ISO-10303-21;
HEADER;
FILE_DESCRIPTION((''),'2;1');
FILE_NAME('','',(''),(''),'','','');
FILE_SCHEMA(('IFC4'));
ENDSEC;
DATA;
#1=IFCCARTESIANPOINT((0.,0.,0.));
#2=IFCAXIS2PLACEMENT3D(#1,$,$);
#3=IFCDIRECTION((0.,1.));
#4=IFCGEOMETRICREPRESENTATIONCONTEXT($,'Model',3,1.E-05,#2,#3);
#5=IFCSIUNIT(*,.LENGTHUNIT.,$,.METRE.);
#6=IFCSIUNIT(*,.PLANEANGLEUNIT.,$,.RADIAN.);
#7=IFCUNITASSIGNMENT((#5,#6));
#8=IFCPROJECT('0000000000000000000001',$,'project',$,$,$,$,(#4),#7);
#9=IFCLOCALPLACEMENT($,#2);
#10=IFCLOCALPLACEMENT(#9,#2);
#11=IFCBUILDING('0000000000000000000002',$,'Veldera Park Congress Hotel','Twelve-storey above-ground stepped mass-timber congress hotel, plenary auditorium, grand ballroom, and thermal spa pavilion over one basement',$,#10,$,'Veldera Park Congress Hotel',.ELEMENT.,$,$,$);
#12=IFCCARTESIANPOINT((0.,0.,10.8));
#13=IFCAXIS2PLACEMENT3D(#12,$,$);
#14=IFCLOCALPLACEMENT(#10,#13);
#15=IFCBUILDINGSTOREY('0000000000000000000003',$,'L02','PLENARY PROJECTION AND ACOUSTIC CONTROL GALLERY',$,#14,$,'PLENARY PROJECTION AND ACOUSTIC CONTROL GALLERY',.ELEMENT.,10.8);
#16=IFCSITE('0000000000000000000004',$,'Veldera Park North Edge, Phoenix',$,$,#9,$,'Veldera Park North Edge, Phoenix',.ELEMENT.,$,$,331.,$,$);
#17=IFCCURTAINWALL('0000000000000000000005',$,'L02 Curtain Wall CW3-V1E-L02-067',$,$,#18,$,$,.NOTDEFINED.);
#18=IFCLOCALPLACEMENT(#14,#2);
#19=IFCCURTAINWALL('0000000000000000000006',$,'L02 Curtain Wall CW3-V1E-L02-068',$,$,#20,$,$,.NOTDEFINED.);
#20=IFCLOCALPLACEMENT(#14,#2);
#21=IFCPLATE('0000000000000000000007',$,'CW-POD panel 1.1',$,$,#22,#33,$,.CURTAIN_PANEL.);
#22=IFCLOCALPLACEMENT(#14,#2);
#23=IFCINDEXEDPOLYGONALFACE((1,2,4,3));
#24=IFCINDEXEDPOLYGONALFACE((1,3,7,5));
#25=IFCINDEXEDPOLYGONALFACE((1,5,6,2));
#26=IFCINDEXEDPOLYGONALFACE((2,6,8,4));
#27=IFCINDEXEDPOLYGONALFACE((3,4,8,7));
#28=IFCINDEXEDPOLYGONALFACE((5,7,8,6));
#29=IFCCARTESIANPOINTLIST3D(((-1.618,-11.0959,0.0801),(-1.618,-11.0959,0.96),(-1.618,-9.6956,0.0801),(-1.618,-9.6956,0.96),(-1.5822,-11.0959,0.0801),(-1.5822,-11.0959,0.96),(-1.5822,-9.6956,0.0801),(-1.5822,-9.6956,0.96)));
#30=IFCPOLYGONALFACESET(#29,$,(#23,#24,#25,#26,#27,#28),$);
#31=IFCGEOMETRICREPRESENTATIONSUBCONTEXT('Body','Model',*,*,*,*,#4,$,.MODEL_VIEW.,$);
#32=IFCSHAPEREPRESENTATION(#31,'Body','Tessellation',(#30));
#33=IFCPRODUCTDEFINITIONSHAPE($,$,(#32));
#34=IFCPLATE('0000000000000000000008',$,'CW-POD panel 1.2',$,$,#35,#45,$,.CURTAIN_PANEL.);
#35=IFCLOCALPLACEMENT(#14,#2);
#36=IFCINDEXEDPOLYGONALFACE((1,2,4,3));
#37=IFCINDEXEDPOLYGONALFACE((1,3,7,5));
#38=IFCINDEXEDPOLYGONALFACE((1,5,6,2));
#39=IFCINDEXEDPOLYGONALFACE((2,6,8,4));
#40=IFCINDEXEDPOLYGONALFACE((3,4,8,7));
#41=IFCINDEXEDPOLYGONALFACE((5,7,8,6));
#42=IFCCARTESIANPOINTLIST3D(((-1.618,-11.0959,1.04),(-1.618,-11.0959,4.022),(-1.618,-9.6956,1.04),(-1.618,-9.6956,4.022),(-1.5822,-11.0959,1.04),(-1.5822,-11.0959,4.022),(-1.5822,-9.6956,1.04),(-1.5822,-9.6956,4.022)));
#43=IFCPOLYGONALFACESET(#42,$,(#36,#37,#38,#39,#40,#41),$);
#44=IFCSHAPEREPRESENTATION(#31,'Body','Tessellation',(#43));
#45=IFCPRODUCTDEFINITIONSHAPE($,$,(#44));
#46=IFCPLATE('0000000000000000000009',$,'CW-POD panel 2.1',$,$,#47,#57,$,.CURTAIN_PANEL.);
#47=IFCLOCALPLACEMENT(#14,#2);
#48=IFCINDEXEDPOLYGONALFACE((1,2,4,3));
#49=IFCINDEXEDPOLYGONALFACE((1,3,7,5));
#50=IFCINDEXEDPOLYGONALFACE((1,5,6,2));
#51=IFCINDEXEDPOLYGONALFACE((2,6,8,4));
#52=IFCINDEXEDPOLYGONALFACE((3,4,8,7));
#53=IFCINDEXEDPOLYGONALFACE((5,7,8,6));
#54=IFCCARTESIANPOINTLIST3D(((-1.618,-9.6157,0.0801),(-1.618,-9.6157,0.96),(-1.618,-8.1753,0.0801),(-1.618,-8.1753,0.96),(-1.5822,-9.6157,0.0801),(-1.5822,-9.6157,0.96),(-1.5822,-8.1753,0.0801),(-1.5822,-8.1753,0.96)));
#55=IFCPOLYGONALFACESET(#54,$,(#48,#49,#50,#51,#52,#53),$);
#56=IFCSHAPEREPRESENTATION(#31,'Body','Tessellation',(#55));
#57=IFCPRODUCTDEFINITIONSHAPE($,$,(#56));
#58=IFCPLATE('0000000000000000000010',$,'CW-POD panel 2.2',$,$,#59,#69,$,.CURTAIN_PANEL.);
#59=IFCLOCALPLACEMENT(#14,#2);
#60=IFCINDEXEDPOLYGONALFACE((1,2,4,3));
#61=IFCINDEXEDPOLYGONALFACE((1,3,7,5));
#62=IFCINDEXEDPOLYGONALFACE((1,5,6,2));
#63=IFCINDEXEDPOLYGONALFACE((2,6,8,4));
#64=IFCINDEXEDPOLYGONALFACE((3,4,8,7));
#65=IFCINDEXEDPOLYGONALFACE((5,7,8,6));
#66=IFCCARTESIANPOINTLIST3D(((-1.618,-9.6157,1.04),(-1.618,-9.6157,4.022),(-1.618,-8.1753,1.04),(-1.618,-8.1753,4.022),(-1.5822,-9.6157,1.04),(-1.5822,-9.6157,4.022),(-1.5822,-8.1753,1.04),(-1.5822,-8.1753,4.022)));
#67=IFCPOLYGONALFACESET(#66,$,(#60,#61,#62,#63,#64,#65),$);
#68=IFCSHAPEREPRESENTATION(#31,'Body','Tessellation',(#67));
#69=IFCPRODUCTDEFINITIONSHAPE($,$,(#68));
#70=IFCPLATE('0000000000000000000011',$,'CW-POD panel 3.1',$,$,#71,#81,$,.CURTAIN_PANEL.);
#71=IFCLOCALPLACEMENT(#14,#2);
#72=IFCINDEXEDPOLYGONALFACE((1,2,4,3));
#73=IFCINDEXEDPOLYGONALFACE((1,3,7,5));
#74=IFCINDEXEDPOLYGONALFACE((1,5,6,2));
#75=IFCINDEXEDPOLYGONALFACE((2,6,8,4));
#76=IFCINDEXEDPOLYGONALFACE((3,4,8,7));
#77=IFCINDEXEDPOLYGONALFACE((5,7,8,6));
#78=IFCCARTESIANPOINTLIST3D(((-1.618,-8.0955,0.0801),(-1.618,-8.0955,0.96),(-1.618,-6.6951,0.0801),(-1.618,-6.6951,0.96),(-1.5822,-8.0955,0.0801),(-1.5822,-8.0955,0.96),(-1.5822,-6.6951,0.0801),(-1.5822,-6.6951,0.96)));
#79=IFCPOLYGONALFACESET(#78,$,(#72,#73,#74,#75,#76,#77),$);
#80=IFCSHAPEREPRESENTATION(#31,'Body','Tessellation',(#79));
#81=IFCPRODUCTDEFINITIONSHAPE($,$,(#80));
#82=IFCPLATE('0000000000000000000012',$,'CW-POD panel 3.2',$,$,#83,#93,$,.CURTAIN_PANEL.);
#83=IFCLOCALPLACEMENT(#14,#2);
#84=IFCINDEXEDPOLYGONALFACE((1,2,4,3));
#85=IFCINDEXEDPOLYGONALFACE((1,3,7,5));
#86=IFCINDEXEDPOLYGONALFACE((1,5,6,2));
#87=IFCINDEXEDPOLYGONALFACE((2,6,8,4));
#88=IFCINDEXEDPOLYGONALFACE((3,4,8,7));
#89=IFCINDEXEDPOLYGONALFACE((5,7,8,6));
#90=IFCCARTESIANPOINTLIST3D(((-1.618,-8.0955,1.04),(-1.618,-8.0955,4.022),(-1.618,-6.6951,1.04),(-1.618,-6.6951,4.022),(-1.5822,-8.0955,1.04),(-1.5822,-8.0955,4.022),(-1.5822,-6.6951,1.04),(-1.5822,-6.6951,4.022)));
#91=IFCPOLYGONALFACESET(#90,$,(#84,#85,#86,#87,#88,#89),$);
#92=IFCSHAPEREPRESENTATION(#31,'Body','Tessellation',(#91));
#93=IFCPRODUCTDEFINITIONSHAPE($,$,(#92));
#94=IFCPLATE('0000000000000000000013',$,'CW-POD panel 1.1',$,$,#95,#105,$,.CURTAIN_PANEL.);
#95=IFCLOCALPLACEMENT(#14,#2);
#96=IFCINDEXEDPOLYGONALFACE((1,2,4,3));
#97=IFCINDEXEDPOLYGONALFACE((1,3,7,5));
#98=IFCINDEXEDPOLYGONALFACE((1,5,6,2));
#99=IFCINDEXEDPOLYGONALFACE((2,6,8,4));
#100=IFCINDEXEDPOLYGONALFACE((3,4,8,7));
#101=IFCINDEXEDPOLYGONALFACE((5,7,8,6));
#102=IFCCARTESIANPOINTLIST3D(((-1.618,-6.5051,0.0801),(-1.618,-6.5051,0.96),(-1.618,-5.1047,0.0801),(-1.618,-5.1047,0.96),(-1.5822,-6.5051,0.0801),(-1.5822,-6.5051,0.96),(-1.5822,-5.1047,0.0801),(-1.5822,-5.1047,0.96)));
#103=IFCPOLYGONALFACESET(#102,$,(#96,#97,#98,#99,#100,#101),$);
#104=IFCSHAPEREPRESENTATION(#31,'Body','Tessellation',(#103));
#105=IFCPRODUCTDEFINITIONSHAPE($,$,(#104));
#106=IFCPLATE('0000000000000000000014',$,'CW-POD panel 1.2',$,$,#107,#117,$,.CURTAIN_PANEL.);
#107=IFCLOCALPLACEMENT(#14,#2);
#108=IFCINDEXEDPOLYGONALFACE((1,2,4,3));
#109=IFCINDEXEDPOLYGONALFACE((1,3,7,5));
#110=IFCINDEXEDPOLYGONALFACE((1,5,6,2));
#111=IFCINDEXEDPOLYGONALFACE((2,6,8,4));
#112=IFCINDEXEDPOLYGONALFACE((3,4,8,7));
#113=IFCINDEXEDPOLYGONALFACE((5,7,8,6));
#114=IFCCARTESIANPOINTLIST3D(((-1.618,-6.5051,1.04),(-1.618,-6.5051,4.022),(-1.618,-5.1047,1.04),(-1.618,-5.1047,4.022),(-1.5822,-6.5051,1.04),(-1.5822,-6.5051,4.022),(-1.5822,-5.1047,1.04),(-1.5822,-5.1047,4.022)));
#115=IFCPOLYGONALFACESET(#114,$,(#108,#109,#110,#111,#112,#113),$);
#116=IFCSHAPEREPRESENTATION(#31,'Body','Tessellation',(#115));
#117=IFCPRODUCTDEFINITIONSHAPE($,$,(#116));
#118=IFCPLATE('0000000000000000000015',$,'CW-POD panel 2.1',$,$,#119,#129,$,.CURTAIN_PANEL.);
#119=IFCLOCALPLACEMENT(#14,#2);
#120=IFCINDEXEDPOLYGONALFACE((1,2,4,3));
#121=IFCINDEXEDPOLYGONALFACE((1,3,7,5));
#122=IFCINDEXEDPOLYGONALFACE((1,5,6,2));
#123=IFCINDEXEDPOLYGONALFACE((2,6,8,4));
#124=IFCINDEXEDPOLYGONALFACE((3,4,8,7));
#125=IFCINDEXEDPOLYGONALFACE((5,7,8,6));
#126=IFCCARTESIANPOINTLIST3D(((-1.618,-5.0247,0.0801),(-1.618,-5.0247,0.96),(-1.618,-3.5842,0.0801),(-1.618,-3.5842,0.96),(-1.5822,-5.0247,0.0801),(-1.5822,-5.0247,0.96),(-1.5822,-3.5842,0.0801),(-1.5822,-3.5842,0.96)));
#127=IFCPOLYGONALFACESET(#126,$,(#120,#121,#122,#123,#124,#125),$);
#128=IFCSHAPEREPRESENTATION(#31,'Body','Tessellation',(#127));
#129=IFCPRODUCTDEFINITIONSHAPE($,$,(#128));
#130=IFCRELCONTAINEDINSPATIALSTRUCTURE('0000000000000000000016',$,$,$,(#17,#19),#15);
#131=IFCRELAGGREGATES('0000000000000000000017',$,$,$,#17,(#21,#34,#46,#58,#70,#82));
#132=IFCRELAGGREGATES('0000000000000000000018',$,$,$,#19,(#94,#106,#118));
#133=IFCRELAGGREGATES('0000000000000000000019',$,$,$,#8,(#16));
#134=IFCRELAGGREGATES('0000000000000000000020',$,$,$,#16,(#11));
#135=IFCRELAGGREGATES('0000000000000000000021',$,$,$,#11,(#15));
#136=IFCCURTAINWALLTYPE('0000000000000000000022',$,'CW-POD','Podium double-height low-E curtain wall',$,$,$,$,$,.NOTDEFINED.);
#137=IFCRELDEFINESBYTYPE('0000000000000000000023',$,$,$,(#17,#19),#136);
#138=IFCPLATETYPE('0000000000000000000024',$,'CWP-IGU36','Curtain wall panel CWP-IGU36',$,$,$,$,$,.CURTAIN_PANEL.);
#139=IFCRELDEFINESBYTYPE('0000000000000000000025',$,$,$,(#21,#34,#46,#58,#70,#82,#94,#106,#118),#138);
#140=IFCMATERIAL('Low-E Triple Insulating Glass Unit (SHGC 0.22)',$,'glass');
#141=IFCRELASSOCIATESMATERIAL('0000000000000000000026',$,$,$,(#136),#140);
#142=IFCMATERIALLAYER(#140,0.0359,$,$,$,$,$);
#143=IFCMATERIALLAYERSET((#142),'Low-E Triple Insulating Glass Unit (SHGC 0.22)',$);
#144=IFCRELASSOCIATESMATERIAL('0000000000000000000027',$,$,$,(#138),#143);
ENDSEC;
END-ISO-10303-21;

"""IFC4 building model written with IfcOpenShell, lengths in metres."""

from ifc_helpers import new_model, si_unit, direction, frame, origin, origin_2d, place, context, subcontext, project, spatial, rectangle, extrude, material, layer, layer_set, type_object, element, aggregate, save


model = new_model("IFC4")

# Units and contexts
model_context = context("Model", 3, precision=1e-05, world=origin(), true_north=direction((0.0, 1.0)))
body_context = subcontext(model_context, "Body", "Model", "MODEL_VIEW")
ifc_project = project(units=[si_unit("LENGTHUNIT", "METRE"), si_unit("PLANEANGLEUNIT", "RADIAN")], contexts=[model_context])

# Site, building, storey
site_placement = place(None, origin())
site = spatial("IfcSite", under=ifc_project, at=site_placement, Name="Veldera Park North Edge, Phoenix", LongName="Veldera Park North Edge, Phoenix", CompositionType="ELEMENT", RefElevation=331.0)
building_placement = place(site_placement, origin())
building = spatial("IfcBuilding", under=site, at=building_placement, Name="Veldera Park Congress Hotel", Description="Twelve-storey above-ground stepped mass-timber congress hotel, plenary auditorium, grand ballroom, and thermal spa pavilion over one basement", LongName="Veldera Park Congress Hotel", CompositionType="ELEMENT")
storey_placement = place(building_placement, frame((0.0, 0.0, 10.8)))
storey = spatial("IfcBuildingStorey", under=building, at=storey_placement, Name="L02", Description="PLENARY PROJECTION AND ACOUSTIC CONTROL GALLERY", LongName="PLENARY PROJECTION AND ACOUSTIC CONTROL GALLERY", CompositionType="ELEMENT", Elevation=10.8)

# Curtain walls
ifc_material_1 = material(Name="Low-E Triple Insulating Glass Unit (SHGC 0.22)", Category="glass")
curtain_wall_type_1 = type_object("IfcCurtainWallType", Name="CW-POD", Description="Podium double-height low-E curtain wall", PredefinedType="NOTDEFINED", material=ifc_material_1)
curtain_wall_1_placement = place(storey_placement, origin())
curtain_wall_1 = element("IfcCurtainWall", 1, at=curtain_wall_1_placement, inside=storey, type_object=curtain_wall_type_1, Name="L02 Curtain Wall CW3-V1E-L02-067", PredefinedType="NOTDEFINED")
curtain_wall_2_placement = place(storey_placement, origin())
curtain_wall_2 = element("IfcCurtainWall", 2, at=curtain_wall_2_placement, inside=storey, type_object=curtain_wall_type_1, Name="L02 Curtain Wall CW3-V1E-L02-068", PredefinedType="NOTDEFINED")

# Plates
ifc_layer_1 = layer(ifc_material_1, 0.0359)
ifc_layer_set_1 = layer_set([ifc_layer_1], Name="Low-E Triple Insulating Glass Unit (SHGC 0.22)")
plate_type_1 = type_object("IfcPlateType", Name="CWP-IGU36", Description="Curtain wall panel CWP-IGU36", PredefinedType="CURTAIN_PANEL", material=ifc_layer_set_1)
plate_1_placement = place(storey_placement, frame((-1.6001, -10.3958, 0.0801), z_axis=(0.0, 0.0, 1.0), x_axis=(0.0, 1.0, 0.0)))
plate_1 = element("IfcPlate", 3, at=plate_1_placement, type_object=plate_type_1, Name="CW-POD panel 1.1", PredefinedType="CURTAIN_PANEL", context=body_context, shape_type="SweptSolid", body=[
    extrude(rectangle(XDim=1.4004, YDim=0.0359, at=origin_2d()), origin(), (0.0, 0.0, 1.0), 0.8799),
])
plate_2_placement = place(storey_placement, frame((-1.6001, -10.3958, 1.04), z_axis=(0.0, 0.0, 1.0), x_axis=(0.0, 1.0, 0.0)))
plate_2 = element("IfcPlate", 4, at=plate_2_placement, type_object=plate_type_1, Name="CW-POD panel 1.2", PredefinedType="CURTAIN_PANEL", context=body_context, shape_type="SweptSolid", body=[
    extrude(rectangle(XDim=1.4004, YDim=0.0359, at=origin_2d()), origin(), (0.0, 0.0, 1.0), 2.9819),
])
plate_3_placement = place(storey_placement, frame((-1.6001, -8.8955, 0.0801), z_axis=(0.0, 0.0, 1.0), x_axis=(0.0, 1.0, 0.0)))
plate_3 = element("IfcPlate", 5, at=plate_3_placement, type_object=plate_type_1, Name="CW-POD panel 2.1", PredefinedType="CURTAIN_PANEL", context=body_context, shape_type="SweptSolid", body=[
    extrude(rectangle(XDim=1.4404, YDim=0.0359, at=origin_2d()), origin(), (0.0, 0.0, 1.0), 0.8799),
])
plate_4_placement = place(storey_placement, frame((-1.6001, -8.8955, 1.04), z_axis=(0.0, 0.0, 1.0), x_axis=(0.0, 1.0, 0.0)))
plate_4 = element("IfcPlate", 6, at=plate_4_placement, type_object=plate_type_1, Name="CW-POD panel 2.2", PredefinedType="CURTAIN_PANEL", context=body_context, shape_type="SweptSolid", body=[
    extrude(rectangle(XDim=1.4404, YDim=0.0359, at=origin_2d()), origin(), (0.0, 0.0, 1.0), 2.9819),
])
plate_5_placement = place(storey_placement, frame((-1.6001, -7.3953, 0.0801), z_axis=(0.0, 0.0, 1.0), x_axis=(0.0, 1.0, 0.0)))
plate_5 = element("IfcPlate", 7, at=plate_5_placement, type_object=plate_type_1, Name="CW-POD panel 3.1", PredefinedType="CURTAIN_PANEL", context=body_context, shape_type="SweptSolid", body=[
    extrude(rectangle(XDim=1.4004, YDim=0.0359, at=origin_2d()), origin(), (0.0, 0.0, 1.0), 0.8799),
])
plate_6_placement = place(storey_placement, frame((-1.6001, -7.3953, 1.04), z_axis=(0.0, 0.0, 1.0), x_axis=(0.0, 1.0, 0.0)))
plate_6 = element("IfcPlate", 8, at=plate_6_placement, type_object=plate_type_1, Name="CW-POD panel 3.2", PredefinedType="CURTAIN_PANEL", context=body_context, shape_type="SweptSolid", body=[
    extrude(rectangle(XDim=1.4004, YDim=0.0359, at=origin_2d()), origin(), (0.0, 0.0, 1.0), 2.9819),
])
aggregate(curtain_wall_1, [plate_1, plate_2, plate_3, plate_4, plate_5, plate_6])
plate_7_placement = place(storey_placement, frame((-1.6001, -5.8049, 0.0801), z_axis=(0.0, 0.0, 1.0), x_axis=(0.0, 1.0, 0.0)))
plate_7 = element("IfcPlate", 9, at=plate_7_placement, type_object=plate_type_1, Name="CW-POD panel 1.1", PredefinedType="CURTAIN_PANEL", context=body_context, shape_type="SweptSolid", body=[
    extrude(rectangle(XDim=1.4004, YDim=0.0359, at=origin_2d()), origin(), (0.0, 0.0, 1.0), 0.8799),
])
plate_8_placement = place(storey_placement, frame((-1.6001, -5.8049, 1.04), z_axis=(0.0, 0.0, 1.0), x_axis=(0.0, 1.0, 0.0)))
plate_8 = element("IfcPlate", 10, at=plate_8_placement, type_object=plate_type_1, Name="CW-POD panel 1.2", PredefinedType="CURTAIN_PANEL", context=body_context, shape_type="SweptSolid", body=[
    extrude(rectangle(XDim=1.4004, YDim=0.0359, at=origin_2d()), origin(), (0.0, 0.0, 1.0), 2.9819),
])
plate_9_placement = place(storey_placement, frame((-1.6001, -4.3044, 0.0801), z_axis=(0.0, 0.0, 1.0), x_axis=(0.0, 1.0, 0.0)))
plate_9 = element("IfcPlate", 11, at=plate_9_placement, type_object=plate_type_1, Name="CW-POD panel 2.1", PredefinedType="CURTAIN_PANEL", context=body_context, shape_type="SweptSolid", body=[
    extrude(rectangle(XDim=1.4404, YDim=0.0359, at=origin_2d()), origin(), (0.0, 0.0, 1.0), 0.8799),
])
aggregate(curtain_wall_2, [plate_7, plate_8, plate_9])

save(model, "model.ifc")
